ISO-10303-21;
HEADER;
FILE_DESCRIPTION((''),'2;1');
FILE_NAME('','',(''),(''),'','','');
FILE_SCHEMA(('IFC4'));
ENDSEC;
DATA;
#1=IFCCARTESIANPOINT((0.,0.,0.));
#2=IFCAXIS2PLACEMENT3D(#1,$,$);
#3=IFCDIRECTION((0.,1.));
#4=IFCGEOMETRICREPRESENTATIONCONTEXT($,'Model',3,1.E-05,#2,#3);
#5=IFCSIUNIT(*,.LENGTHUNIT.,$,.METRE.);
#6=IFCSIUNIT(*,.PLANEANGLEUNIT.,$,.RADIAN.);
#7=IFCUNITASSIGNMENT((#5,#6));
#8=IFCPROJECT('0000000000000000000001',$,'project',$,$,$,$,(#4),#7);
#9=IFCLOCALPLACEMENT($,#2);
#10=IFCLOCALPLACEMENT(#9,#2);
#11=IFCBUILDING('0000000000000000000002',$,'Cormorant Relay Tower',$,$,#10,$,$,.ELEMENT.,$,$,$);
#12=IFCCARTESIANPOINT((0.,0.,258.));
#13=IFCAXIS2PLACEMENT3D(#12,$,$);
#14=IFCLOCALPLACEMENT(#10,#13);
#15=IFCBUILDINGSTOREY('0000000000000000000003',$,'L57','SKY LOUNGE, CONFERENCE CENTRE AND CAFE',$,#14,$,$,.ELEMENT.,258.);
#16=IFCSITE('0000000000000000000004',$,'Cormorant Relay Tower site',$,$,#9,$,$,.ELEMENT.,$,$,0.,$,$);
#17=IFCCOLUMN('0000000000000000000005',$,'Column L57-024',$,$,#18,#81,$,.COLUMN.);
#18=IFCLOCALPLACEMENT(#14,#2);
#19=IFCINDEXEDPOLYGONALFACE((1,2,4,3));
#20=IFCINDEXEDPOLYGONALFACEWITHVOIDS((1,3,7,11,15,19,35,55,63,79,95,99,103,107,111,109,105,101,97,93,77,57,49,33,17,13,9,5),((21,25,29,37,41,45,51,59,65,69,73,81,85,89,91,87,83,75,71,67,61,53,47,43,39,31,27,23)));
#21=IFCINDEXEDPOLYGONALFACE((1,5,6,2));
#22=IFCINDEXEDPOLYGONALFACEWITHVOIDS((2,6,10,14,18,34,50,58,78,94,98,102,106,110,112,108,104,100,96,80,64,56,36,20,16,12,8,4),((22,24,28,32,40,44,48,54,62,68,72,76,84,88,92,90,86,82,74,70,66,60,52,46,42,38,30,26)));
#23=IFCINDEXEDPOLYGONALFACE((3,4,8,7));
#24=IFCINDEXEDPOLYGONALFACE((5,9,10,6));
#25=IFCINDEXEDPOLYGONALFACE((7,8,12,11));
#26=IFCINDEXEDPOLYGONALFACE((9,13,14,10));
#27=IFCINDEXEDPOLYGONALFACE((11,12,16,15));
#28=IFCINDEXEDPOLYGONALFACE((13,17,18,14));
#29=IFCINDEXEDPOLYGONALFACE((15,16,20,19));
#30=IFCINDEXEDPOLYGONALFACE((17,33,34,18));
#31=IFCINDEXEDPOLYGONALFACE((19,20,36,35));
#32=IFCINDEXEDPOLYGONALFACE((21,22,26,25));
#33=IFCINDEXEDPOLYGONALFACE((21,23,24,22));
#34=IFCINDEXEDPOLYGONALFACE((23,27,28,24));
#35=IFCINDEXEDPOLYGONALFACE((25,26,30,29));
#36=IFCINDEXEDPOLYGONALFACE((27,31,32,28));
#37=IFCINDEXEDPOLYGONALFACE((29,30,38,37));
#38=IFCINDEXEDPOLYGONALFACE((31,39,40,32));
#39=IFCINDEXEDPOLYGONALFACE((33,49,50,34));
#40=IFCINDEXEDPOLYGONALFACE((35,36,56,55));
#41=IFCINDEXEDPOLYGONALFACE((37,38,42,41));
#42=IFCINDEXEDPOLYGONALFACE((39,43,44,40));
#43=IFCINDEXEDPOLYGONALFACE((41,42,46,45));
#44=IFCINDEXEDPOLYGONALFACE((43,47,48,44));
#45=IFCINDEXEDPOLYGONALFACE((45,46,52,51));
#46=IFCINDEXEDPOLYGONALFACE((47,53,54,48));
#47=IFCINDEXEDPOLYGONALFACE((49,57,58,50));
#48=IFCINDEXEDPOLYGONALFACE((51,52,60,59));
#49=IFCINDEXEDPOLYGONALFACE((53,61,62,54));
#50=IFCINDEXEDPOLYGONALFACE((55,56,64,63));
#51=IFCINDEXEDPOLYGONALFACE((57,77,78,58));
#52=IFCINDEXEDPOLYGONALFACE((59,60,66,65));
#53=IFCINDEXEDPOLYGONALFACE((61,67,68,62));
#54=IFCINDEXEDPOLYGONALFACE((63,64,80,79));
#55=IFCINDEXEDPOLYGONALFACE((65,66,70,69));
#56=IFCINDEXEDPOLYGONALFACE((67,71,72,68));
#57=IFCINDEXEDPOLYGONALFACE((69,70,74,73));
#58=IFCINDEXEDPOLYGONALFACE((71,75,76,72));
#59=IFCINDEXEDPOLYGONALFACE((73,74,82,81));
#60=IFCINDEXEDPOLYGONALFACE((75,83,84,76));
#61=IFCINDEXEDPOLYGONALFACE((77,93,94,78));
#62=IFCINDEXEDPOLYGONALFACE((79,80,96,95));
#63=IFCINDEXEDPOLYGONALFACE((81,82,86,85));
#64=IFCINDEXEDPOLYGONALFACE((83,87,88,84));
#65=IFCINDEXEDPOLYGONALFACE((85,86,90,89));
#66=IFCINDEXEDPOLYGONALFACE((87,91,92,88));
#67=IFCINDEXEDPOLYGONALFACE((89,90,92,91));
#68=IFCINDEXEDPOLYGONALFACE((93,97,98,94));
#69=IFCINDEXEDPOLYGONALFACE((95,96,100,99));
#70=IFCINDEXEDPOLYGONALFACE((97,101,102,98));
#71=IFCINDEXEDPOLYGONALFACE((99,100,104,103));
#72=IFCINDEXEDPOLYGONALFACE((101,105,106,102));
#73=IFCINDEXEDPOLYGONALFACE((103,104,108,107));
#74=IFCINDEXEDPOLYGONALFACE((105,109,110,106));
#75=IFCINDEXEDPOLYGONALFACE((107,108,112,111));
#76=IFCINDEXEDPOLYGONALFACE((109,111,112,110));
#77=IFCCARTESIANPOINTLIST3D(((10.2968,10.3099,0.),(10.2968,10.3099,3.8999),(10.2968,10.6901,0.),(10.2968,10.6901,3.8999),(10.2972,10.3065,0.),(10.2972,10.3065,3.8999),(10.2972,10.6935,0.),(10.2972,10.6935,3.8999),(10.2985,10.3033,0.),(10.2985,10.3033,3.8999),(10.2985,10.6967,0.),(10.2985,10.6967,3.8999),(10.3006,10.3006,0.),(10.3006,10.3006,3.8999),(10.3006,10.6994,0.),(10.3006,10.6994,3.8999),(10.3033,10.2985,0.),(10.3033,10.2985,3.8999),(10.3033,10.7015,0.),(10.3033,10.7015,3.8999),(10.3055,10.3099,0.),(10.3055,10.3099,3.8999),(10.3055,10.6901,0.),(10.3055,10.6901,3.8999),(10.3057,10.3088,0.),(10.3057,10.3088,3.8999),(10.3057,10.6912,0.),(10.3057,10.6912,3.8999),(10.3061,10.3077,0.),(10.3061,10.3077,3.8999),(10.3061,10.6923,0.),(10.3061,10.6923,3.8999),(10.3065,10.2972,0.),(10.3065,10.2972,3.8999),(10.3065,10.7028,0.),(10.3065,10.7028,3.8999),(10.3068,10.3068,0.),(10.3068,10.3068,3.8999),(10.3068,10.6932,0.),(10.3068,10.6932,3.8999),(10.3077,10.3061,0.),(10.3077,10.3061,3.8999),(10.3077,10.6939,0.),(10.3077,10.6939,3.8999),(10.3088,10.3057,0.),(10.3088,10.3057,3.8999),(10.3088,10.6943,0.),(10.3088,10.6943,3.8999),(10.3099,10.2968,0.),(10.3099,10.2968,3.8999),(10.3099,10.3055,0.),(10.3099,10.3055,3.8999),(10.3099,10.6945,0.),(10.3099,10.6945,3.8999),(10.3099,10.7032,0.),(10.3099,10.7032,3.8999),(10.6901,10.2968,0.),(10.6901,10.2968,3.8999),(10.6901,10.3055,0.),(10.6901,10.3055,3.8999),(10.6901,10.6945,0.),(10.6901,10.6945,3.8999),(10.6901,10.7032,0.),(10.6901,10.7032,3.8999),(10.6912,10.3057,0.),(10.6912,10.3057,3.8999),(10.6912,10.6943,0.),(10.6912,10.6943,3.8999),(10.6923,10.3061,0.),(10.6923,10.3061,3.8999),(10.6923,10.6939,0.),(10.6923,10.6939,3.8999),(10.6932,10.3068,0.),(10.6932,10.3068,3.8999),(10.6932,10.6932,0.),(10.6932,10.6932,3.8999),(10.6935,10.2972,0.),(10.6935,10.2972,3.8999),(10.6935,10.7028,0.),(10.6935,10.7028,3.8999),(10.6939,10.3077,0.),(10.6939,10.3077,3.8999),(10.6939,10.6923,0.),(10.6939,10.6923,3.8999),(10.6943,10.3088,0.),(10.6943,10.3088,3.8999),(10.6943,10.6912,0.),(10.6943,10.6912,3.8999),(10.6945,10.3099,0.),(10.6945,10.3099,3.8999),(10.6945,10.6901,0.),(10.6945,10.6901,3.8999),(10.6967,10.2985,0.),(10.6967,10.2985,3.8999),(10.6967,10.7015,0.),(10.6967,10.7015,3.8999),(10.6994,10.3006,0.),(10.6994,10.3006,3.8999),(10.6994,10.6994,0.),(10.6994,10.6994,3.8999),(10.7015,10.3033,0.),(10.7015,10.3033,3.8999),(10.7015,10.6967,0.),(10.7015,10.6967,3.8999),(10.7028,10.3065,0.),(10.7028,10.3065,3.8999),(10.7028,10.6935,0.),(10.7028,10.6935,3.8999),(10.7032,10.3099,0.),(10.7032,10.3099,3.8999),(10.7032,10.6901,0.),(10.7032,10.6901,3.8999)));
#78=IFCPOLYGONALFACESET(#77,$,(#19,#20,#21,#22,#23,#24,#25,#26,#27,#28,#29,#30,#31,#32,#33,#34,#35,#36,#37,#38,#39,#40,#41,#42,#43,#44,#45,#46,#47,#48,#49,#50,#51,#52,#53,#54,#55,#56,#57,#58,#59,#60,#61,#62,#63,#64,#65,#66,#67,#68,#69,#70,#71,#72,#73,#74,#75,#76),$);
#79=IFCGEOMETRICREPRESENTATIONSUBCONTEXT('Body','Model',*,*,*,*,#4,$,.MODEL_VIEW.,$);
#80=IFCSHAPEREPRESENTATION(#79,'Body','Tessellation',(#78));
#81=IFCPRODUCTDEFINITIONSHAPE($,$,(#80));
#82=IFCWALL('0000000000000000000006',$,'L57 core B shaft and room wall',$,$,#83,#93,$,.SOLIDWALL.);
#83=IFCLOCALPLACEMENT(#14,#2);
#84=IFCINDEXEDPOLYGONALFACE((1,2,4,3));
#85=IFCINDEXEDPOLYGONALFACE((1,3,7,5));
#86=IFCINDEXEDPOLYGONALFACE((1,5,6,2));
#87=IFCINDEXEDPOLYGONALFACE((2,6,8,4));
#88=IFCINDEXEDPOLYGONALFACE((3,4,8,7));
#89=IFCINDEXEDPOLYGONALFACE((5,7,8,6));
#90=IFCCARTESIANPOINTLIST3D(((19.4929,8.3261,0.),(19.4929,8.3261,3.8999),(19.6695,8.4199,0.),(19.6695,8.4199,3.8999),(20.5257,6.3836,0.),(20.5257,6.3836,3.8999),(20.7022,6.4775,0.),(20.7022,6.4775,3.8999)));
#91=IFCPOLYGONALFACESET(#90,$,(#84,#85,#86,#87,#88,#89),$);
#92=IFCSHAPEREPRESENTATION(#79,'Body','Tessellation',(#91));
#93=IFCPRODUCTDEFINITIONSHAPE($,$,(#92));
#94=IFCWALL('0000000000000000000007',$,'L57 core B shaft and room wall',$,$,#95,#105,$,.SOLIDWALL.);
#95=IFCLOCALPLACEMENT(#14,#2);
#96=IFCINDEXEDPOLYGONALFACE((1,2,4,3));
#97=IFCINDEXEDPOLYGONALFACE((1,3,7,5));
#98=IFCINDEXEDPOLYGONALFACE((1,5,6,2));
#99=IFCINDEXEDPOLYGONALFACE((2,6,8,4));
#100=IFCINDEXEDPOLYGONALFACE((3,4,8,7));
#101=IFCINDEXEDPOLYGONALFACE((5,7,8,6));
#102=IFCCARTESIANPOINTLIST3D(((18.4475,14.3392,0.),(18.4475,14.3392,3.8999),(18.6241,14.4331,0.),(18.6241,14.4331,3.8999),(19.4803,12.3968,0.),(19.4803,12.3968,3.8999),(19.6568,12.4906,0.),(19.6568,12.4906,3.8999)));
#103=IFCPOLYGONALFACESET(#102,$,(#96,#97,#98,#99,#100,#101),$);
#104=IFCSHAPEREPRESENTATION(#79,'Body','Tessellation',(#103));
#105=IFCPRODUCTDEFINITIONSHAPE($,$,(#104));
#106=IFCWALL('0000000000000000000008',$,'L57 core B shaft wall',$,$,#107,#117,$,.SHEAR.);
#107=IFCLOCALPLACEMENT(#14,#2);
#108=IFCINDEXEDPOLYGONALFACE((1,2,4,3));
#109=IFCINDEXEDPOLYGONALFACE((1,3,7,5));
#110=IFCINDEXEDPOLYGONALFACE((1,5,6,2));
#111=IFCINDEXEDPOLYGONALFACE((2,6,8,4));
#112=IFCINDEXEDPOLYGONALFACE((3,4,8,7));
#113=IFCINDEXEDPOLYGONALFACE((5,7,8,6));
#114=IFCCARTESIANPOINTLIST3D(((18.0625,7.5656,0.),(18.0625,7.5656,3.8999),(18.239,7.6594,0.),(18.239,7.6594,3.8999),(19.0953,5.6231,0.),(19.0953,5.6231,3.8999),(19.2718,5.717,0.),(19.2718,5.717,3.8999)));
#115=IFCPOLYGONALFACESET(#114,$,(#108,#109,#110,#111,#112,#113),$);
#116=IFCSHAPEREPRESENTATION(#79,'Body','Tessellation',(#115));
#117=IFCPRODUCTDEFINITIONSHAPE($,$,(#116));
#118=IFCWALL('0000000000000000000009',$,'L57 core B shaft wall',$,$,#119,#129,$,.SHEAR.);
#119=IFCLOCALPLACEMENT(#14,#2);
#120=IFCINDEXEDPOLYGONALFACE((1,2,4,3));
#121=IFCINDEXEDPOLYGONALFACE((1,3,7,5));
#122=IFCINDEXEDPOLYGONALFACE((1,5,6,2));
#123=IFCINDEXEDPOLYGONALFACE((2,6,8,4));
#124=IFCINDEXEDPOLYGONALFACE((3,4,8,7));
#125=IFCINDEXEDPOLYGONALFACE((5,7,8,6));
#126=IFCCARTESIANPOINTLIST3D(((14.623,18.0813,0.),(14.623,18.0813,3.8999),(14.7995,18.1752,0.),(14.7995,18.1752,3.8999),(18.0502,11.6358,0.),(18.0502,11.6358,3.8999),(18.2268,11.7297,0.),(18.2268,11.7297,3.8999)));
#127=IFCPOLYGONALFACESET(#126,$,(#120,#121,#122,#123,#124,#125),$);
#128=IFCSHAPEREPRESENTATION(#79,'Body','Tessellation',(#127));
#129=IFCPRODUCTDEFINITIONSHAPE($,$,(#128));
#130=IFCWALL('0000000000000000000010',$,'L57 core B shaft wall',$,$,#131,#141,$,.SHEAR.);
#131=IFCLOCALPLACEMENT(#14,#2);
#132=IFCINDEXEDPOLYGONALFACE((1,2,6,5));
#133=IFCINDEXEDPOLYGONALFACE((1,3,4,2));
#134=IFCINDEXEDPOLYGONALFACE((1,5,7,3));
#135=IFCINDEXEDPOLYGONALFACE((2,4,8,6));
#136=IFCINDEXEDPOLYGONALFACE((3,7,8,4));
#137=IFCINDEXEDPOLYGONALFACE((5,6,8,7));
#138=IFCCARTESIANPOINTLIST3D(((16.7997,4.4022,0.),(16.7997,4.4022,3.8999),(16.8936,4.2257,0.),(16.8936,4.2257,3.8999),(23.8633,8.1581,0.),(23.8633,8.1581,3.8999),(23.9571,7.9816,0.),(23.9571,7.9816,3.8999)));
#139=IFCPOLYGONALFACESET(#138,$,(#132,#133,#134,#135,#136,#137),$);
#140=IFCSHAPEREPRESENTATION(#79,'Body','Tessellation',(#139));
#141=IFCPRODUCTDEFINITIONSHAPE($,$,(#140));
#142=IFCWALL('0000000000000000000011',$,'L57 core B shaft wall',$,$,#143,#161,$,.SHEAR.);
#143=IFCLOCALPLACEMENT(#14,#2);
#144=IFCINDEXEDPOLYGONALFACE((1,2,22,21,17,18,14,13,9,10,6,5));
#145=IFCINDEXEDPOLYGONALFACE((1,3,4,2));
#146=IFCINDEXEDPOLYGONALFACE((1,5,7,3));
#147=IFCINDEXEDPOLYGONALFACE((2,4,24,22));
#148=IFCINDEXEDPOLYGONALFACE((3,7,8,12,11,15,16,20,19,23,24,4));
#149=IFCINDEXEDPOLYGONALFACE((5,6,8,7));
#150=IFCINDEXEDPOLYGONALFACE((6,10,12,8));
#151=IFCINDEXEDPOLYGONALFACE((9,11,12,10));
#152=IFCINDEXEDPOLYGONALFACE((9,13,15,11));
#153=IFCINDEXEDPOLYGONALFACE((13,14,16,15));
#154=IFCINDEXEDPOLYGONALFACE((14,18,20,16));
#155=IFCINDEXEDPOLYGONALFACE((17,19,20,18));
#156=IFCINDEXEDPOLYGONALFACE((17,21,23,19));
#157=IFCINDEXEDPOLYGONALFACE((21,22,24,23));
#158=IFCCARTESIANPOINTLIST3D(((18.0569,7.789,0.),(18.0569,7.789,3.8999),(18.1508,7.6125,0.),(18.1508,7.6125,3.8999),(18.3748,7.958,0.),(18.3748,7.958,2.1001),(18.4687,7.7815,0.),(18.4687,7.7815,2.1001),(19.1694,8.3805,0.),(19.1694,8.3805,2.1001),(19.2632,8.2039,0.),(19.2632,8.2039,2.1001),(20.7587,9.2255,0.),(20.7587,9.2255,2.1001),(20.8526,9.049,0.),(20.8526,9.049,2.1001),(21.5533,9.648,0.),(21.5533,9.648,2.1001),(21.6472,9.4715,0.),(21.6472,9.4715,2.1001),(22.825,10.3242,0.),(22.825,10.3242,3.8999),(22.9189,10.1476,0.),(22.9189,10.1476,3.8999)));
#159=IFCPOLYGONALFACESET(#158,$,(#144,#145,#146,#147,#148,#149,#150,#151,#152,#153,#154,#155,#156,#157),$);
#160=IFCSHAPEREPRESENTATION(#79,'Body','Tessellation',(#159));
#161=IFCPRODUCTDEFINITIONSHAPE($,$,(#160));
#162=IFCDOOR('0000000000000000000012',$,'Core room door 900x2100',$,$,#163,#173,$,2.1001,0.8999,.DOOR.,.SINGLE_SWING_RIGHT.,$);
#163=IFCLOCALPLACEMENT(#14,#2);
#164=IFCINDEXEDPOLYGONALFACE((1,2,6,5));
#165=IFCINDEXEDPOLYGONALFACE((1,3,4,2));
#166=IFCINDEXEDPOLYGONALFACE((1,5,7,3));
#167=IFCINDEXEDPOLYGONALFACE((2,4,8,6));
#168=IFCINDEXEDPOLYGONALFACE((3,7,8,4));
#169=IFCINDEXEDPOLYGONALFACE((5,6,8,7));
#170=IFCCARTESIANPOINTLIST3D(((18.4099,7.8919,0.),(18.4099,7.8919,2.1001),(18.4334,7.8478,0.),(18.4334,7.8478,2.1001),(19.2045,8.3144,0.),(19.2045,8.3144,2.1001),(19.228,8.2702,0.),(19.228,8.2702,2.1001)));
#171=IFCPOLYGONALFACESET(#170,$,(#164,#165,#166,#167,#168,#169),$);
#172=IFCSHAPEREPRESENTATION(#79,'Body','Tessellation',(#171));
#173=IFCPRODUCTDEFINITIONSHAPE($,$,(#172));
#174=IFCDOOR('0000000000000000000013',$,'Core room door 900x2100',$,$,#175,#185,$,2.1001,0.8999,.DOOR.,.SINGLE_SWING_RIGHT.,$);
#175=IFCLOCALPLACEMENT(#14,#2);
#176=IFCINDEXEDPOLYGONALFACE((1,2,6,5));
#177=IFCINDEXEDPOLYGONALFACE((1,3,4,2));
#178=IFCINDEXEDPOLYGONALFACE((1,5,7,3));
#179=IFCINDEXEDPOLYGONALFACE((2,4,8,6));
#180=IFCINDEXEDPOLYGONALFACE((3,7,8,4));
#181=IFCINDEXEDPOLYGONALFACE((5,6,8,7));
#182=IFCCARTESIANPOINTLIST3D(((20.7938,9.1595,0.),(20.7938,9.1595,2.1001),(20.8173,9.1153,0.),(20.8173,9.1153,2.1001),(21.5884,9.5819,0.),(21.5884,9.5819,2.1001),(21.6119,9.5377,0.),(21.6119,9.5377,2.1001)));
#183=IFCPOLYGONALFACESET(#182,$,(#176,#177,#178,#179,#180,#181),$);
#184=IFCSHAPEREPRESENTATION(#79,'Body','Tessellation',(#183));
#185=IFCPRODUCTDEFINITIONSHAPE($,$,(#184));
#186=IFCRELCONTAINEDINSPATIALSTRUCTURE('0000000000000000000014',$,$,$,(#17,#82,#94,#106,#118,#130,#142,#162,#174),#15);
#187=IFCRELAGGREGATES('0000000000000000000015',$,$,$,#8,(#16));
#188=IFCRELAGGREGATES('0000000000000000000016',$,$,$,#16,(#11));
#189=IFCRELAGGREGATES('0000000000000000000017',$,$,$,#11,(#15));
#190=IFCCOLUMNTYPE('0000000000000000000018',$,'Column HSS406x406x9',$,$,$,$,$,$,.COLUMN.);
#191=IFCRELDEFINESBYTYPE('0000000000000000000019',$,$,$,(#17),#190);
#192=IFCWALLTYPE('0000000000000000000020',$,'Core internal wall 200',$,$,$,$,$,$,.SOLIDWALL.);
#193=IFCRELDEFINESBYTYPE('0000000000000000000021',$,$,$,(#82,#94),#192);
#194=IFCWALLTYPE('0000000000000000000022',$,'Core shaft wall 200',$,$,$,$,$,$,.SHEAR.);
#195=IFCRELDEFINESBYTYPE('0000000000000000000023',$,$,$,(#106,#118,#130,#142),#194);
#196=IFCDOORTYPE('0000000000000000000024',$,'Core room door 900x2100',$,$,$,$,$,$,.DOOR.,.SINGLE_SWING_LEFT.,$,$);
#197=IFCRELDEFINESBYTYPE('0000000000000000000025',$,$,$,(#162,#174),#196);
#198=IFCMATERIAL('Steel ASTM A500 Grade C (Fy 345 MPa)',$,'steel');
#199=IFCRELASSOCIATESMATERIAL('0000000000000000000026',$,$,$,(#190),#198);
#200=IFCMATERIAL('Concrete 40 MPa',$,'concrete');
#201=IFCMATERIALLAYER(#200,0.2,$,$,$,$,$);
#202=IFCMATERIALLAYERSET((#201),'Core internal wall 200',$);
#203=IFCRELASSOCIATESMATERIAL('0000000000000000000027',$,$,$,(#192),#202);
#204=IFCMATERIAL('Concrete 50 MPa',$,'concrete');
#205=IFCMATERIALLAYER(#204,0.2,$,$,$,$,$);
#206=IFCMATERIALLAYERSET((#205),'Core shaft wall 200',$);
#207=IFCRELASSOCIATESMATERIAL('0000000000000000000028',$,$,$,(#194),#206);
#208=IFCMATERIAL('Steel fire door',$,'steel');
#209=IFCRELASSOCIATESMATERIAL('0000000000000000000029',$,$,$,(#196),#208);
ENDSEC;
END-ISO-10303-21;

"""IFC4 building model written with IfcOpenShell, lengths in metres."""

from ifc_helpers import new_model, si_unit, direction, frame, frame_2d, origin, origin_2d, place, context, subcontext, project, spatial, rectangle, hollow_rectangle, extrude, material, layer, layer_set, material_profile, profile_set, type_object, element, fill, save


model = new_model("IFC4")

# Units and contexts
model_context = context("Model", 3, precision=1e-05, world=origin(), true_north=direction((0.0, 1.0)))
body_context = subcontext(model_context, "Body", "Model", "MODEL_VIEW")
ifc_project = project(units=[si_unit("LENGTHUNIT", "METRE"), si_unit("PLANEANGLEUNIT", "RADIAN")], contexts=[model_context])

# Site, building, storey
site_placement = place(None, origin())
site = spatial("IfcSite", under=ifc_project, at=site_placement, Name="Cormorant Relay Tower site", CompositionType="ELEMENT", RefElevation=0.0)
building_placement = place(site_placement, origin())
building = spatial("IfcBuilding", under=site, at=building_placement, Name="Cormorant Relay Tower", CompositionType="ELEMENT")
storey_placement = place(building_placement, frame((0.0, 0.0, 258.0)))
storey = spatial("IfcBuildingStorey", under=building, at=storey_placement, Name="L57", Description="SKY LOUNGE, CONFERENCE CENTRE AND CAFE", CompositionType="ELEMENT", Elevation=258.0)

# Column
ifc_material_1 = material(Name="Steel ASTM A500 Grade C (Fy 345 MPa)", Category="steel")
ifc_material_profile = material_profile(ifc_material_1, hollow_rectangle(XDim=0.4065, YDim=0.4065, WallThickness=0.0088, InnerFilletRadius=0.0044, OuterFilletRadius=0.0132, at=origin_2d()), Name="HSS406x406x9")
ifc_profile_set = profile_set([ifc_material_profile], Name="Steel ASTM A500 Grade C (Fy 345 MPa)")
column_type = type_object("IfcColumnType", Name="Column HSS406x406x9", PredefinedType="COLUMN", material=ifc_profile_set)
column_placement = place(storey_placement, frame((10.5, 10.5, 0.0), z_axis=(0.0, 0.0, 1.0), x_axis=(1.0, 0.0, 0.0)))
element("IfcColumn", 1, at=column_placement, inside=storey, type_object=column_type, Name="Column L57-024", PredefinedType="COLUMN", context=body_context, shape_type="SweptSolid", body=[
    extrude(hollow_rectangle(XDim=0.4065, YDim=0.4065, WallThickness=0.0088, InnerFilletRadius=0.0044, OuterFilletRadius=0.0132, at=origin_2d()), origin(), (0.0, 0.0, 1.0), 3.8999),
])

# Walls
ifc_material_2 = material(Name="Concrete 40 MPa", Category="concrete")
ifc_layer_1 = layer(ifc_material_2, 0.2)
ifc_layer_set_1 = layer_set([ifc_layer_1], Name="Core internal wall 200")
wall_type_1 = type_object("IfcWallType", Name="Core internal wall 200", PredefinedType="SOLIDWALL", material=ifc_layer_set_1)
for number, where, z_axis, x_axis, name in (
    (2, (20.614, 6.4304, 0.0), (0.0, 0.0, 1.0), (-0.469447, 0.88296, 0.0), "L57 core B shaft and room wall"),
    (3, (19.5686, 12.4436, 0.0), (0.0, 0.0, 1.0), (-0.469447, 0.88296, 0.0), "L57 core B shaft and room wall"),
):
    element("IfcWall", number, at=place(storey_placement, frame(where, z_axis=z_axis, x_axis=x_axis)), inside=storey, type_object=wall_type_1, Name=name, PredefinedType="SOLIDWALL", context=body_context, shape_type="SweptSolid", body=[
        extrude(rectangle(XDim=2.2, YDim=0.2, at=frame_2d((1.1001, 0.0))), origin(), (0.0, 0.0, 1.0), 3.8999),
    ])
ifc_material_3 = material(Name="Concrete 50 MPa", Category="concrete")
ifc_layer_2 = layer(ifc_material_3, 0.2)
ifc_layer_set_2 = layer_set([ifc_layer_2], Name="Core shaft wall 200")
wall_type_2 = type_object("IfcWallType", Name="Core shaft wall 200", PredefinedType="SHEAR", material=ifc_layer_set_2)
wall_1_placement = place(storey_placement, frame((19.1836, 5.6699, 0.0), z_axis=(0.0, 0.0, 1.0), x_axis=(-0.469447, 0.88296, 0.0)))
element("IfcWall", 4, at=wall_1_placement, inside=storey, type_object=wall_type_2, Name="L57 core B shaft wall", PredefinedType="SHEAR", context=body_context, shape_type="SweptSolid", body=[
    extrude(rectangle(XDim=2.2, YDim=0.2, at=frame_2d((1.1001, 0.0))), origin(), (0.0, 0.0, 1.0), 3.8999),
])
wall_2_placement = place(storey_placement, frame((18.1384, 11.6829, 0.0), z_axis=(0.0, 0.0, 1.0), x_axis=(-0.46948, 0.882943, 0.0)))
element("IfcWall", 5, at=wall_2_placement, inside=storey, type_object=wall_type_2, Name="L57 core B shaft wall", PredefinedType="SHEAR", context=body_context, shape_type="SweptSolid", body=[
    extrude(rectangle(XDim=7.3, YDim=0.2, at=frame_2d((3.6499, 0.0))), origin(), (0.0, 0.0, 1.0), 3.8999),
])
wall_3_placement = place(storey_placement, frame((16.8467, 4.314, 0.0), z_axis=(0.0, 0.0, 1.0), x_axis=(0.88294, 0.469485, 0.0)))
element("IfcWall", 6, at=wall_3_placement, inside=storey, type_object=wall_type_2, Name="L57 core B shaft wall", PredefinedType="SHEAR", context=body_context, shape_type="SweptSolid", body=[
    extrude(rectangle(XDim=8.0, YDim=0.2, at=frame_2d((4.0, 0.0))), origin(), (0.0, 0.0, 1.0), 3.8999),
])

# Wall, openings, doors
wall_4_placement = place(storey_placement, frame((18.1038, 7.7007, 0.0), z_axis=(0.0, 0.0, 1.0), x_axis=(0.882953, 0.469462, 0.0)))
wall_4 = element("IfcWall", 7, at=wall_4_placement, inside=storey, type_object=wall_type_2, Name="L57 core B shaft wall", PredefinedType="SHEAR", context=body_context, shape_type="SweptSolid", body=[
    extrude(rectangle(XDim=5.4001, YDim=0.2, at=frame_2d((2.7002, 0.0))), origin(), (0.0, 0.0, 1.0), 3.8999),
])
opening_1_placement = place(wall_4_placement, frame((0.3601, 0.0, 0.0)))
opening_1 = element("IfcOpeningElement", 8, at=opening_1_placement, cuts=wall_4, PredefinedType="OPENING", context=body_context, shape_type="SweptSolid", body=[
    extrude(rectangle(XDim=0.8999, YDim=2.1001, at=frame_2d((0.45, 1.05))), frame((0.0, 0.1099, 0.0), z_axis=(0.0, -1.0, 0.0), x_axis=(1.0, 0.0, 0.0)), (0.0, 0.0, 1.0), 0.22),
])
opening_2_placement = place(wall_4_placement, frame((3.0601, 0.0, 0.0)))
opening_2 = element("IfcOpeningElement", 9, at=opening_2_placement, cuts=wall_4, PredefinedType="OPENING", context=body_context, shape_type="SweptSolid", body=[
    extrude(rectangle(XDim=0.8999, YDim=2.1001, at=frame_2d((0.45, 1.05))), frame((0.0, 0.1099, 0.0), z_axis=(0.0, -1.0, 0.0), x_axis=(1.0, 0.0, 0.0)), (0.0, 0.0, 1.0), 0.22),
])
ifc_material_4 = material(Name="Steel fire door", Category="steel")
door_type_1 = type_object("IfcDoorType", Name="Core room door 900x2100", OperationType="SINGLE_SWING_LEFT", PredefinedType="DOOR", material=ifc_material_4)
door_1_placement = place(opening_1_placement, frame((0.8999, 0.0, 0.0), z_axis=(0.0, 0.0, 1.0), x_axis=(-1.0, 0.0, 0.0)))
door_1 = element("IfcDoor", 10, at=door_1_placement, inside=storey, type_object=door_type_1, Name="Core room door 900x2100", OperationType="SINGLE_SWING_RIGHT", OverallHeight=2.1001, OverallWidth=0.8999, PredefinedType="DOOR", context=body_context, shape_type="SweptSolid", body=[
    extrude(rectangle(XDim=0.8999, YDim=2.1001, at=frame_2d((0.45, 1.05))), frame((0.0, 0.0249, 0.0), z_axis=(0.0, -1.0, 0.0), x_axis=(1.0, 0.0, 0.0)), (0.0, 0.0, 1.0), 0.05),
])
fill(opening_1, door_1)
door_2_placement = place(opening_2_placement, frame((0.8999, 0.0, 0.0), z_axis=(0.0, 0.0, 1.0), x_axis=(-1.0, 0.0, 0.0)))
door_2 = element("IfcDoor", 11, at=door_2_placement, inside=storey, type_object=door_type_1, Name="Core room door 900x2100", OperationType="SINGLE_SWING_RIGHT", OverallHeight=2.1001, OverallWidth=0.8999, PredefinedType="DOOR", context=body_context, shape_type="SweptSolid", body=[
    extrude(rectangle(XDim=0.8999, YDim=2.1001, at=frame_2d((0.45, 1.05))), frame((0.0, 0.0249, 0.0), z_axis=(0.0, -1.0, 0.0), x_axis=(1.0, 0.0, 0.0)), (0.0, 0.0, 1.0), 0.05),
])
fill(opening_2, door_2)

save(model, "model.ifc")
